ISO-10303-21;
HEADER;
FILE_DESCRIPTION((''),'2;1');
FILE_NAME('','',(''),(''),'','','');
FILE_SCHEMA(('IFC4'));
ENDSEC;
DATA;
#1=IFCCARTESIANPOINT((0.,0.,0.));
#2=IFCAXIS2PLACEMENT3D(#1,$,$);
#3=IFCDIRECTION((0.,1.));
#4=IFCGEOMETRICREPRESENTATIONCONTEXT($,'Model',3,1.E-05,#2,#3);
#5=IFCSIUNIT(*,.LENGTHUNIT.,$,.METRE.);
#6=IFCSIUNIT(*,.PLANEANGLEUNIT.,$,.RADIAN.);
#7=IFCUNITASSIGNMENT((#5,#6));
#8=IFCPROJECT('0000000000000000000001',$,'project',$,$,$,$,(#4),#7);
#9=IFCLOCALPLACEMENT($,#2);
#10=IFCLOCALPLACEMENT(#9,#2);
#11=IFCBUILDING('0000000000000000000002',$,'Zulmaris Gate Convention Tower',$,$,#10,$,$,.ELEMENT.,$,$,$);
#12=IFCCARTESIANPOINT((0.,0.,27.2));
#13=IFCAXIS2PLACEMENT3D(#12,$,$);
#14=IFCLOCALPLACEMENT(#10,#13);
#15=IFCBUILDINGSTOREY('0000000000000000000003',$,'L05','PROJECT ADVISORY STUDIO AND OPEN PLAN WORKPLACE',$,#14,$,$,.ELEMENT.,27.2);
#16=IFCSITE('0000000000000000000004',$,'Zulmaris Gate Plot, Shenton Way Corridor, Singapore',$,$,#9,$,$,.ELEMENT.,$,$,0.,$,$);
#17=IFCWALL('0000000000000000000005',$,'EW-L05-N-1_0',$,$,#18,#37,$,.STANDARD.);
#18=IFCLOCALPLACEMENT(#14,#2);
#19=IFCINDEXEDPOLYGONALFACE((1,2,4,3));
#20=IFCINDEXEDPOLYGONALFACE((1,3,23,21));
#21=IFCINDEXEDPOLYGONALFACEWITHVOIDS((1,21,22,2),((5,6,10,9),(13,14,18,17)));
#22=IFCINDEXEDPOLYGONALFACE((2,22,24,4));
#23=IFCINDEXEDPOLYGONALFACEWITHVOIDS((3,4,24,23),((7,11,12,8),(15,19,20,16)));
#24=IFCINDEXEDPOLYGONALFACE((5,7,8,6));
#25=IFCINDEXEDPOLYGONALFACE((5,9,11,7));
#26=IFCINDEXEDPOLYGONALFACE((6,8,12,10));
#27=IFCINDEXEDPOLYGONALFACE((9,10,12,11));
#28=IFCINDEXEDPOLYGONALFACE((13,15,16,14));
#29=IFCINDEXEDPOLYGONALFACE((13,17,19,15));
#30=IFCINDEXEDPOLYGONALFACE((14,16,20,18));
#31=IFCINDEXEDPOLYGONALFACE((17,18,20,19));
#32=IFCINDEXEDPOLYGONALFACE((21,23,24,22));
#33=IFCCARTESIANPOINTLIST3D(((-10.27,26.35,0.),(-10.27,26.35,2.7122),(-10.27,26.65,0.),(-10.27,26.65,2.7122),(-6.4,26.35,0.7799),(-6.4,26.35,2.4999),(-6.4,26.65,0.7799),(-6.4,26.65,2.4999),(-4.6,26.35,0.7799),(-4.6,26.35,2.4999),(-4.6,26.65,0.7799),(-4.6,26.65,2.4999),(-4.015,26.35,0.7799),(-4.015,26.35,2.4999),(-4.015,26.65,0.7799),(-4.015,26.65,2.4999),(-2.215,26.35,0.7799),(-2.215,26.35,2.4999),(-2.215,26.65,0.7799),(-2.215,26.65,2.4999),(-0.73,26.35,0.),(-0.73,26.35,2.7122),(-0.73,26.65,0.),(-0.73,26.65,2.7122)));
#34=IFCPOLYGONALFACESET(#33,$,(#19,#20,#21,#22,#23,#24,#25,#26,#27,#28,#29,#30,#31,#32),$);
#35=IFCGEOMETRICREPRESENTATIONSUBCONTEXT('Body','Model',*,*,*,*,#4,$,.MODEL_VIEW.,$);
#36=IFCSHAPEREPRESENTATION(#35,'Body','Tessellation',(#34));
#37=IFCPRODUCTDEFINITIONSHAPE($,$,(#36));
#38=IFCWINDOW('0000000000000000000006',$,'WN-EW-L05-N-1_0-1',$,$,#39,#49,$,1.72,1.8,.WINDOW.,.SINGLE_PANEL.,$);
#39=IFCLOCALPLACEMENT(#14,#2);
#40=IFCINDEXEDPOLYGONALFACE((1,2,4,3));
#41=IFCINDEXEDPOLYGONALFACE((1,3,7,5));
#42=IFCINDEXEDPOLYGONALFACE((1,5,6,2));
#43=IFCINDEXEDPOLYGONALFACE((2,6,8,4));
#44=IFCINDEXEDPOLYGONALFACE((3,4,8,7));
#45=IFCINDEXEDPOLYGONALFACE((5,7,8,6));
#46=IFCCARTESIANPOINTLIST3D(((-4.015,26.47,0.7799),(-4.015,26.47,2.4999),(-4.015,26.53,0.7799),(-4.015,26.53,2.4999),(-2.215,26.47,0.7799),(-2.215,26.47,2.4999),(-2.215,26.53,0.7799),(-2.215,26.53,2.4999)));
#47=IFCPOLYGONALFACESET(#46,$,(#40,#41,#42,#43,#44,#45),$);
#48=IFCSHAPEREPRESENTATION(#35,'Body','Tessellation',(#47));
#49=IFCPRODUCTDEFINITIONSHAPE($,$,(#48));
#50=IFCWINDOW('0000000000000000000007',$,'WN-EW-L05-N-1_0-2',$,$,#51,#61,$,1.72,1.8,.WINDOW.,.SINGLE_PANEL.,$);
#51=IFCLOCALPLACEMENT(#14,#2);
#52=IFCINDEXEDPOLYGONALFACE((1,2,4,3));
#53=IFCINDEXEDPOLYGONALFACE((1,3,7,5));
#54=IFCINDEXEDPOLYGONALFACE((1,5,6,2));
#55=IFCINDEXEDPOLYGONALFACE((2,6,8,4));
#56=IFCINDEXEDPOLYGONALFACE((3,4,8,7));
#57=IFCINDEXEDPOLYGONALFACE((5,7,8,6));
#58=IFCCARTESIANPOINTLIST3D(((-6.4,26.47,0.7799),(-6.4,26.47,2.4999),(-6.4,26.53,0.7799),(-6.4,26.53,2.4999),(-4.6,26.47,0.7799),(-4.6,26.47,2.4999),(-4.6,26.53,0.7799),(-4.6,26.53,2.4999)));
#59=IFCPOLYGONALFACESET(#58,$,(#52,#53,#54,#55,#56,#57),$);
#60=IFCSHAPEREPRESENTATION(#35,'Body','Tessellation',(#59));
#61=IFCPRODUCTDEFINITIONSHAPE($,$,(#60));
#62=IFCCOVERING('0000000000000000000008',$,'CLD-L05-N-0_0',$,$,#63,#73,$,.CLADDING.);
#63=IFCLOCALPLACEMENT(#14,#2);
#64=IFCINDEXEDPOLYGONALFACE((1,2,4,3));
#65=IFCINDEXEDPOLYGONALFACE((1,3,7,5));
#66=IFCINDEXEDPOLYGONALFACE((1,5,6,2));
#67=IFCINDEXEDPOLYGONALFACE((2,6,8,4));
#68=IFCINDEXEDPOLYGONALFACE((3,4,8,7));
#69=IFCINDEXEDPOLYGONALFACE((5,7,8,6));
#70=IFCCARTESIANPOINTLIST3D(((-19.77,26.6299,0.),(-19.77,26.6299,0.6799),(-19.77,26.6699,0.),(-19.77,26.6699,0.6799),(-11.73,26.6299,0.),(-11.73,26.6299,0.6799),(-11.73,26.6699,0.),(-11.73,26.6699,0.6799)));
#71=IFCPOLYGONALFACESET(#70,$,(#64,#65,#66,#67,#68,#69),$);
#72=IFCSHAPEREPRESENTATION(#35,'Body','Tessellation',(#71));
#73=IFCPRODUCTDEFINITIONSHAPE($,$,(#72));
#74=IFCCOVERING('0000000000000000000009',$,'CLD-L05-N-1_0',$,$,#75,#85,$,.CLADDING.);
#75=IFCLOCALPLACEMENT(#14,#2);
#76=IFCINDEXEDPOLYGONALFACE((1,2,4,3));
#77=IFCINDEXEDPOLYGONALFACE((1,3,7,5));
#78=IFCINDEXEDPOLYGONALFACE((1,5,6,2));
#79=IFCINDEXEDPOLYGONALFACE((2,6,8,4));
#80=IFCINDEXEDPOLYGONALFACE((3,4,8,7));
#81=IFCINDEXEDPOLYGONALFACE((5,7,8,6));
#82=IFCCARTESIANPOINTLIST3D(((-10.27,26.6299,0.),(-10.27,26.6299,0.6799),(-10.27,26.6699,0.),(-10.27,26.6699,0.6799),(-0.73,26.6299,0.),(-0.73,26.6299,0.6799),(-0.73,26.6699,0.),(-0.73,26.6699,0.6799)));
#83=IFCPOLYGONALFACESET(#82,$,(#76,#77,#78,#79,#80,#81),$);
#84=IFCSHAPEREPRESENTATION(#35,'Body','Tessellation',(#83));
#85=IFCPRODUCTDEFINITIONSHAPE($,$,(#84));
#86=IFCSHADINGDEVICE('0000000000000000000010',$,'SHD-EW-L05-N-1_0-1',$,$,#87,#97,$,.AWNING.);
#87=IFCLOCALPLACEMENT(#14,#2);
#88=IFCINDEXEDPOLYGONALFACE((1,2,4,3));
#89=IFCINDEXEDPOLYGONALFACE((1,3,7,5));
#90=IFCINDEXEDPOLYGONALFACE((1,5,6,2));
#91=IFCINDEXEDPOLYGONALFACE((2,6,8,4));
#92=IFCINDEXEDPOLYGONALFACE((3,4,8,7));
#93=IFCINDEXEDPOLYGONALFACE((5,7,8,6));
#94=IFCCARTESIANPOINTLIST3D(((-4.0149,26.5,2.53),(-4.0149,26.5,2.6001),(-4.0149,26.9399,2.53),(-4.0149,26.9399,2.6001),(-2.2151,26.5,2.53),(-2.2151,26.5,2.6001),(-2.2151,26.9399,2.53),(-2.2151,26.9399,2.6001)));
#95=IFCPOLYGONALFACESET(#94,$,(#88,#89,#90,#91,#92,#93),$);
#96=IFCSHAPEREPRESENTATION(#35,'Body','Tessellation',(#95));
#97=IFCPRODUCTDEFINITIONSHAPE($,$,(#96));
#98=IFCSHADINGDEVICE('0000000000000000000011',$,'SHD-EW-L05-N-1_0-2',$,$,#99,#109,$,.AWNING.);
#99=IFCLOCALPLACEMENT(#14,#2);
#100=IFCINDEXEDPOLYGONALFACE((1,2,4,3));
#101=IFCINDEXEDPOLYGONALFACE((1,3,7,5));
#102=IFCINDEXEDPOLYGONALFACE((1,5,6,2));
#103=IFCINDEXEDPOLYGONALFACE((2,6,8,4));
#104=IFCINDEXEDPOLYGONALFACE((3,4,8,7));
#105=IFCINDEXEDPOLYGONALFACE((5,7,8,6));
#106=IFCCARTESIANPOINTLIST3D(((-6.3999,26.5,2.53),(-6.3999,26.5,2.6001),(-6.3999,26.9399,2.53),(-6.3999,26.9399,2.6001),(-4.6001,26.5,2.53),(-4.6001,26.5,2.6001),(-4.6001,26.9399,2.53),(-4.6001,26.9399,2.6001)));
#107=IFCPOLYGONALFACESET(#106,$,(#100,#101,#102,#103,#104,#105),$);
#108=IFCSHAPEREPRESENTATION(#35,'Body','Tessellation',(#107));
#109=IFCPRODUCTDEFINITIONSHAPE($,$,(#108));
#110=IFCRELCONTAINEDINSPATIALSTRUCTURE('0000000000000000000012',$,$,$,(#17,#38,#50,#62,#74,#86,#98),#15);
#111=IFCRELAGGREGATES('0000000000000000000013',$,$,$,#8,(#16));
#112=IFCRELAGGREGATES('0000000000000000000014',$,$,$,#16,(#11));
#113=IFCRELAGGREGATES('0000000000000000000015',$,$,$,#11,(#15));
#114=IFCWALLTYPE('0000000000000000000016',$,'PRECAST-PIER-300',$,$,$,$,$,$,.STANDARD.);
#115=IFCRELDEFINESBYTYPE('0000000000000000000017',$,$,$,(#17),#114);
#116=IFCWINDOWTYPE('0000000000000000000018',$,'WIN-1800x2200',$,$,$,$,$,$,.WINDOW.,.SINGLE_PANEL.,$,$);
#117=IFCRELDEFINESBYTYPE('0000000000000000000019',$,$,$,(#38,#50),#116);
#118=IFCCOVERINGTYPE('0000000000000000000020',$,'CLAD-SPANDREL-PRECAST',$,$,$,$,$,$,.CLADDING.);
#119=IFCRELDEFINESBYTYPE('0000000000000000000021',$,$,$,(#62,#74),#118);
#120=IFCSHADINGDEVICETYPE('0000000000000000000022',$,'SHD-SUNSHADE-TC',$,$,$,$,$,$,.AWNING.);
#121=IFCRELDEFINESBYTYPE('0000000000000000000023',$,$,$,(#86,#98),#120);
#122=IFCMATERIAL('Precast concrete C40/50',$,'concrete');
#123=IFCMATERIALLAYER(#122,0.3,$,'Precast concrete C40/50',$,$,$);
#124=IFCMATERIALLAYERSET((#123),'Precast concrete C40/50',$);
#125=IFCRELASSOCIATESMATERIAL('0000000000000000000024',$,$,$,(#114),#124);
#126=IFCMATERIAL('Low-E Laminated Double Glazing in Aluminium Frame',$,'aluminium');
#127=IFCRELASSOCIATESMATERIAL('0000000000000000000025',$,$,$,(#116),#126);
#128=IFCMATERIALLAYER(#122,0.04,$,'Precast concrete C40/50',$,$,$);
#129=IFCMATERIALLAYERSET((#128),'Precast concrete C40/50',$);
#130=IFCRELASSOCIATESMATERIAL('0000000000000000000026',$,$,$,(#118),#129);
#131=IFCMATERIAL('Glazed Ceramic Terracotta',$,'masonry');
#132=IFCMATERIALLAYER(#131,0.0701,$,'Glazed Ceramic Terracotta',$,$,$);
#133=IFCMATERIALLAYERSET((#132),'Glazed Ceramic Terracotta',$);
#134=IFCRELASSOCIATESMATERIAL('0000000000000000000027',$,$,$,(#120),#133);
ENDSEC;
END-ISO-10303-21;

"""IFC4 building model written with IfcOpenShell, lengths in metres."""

from ifc_helpers import new_model, si_unit, direction, frame, frame_2d, origin, place, context, subcontext, project, spatial, rectangle, extrude, material, layer, layer_set, type_object, element, fill, save


model = new_model("IFC4")

# Units and contexts
model_context = context("Model", 3, precision=1e-05, world=origin(), true_north=direction((0.0, 1.0)))
body_context = subcontext(model_context, "Body", "Model", "MODEL_VIEW")
ifc_project = project(units=[si_unit("LENGTHUNIT", "METRE"), si_unit("PLANEANGLEUNIT", "RADIAN")], contexts=[model_context])

# Site, building, storey
site_placement = place(None, origin())
site = spatial("IfcSite", under=ifc_project, at=site_placement, Name="Zulmaris Gate Plot, Shenton Way Corridor, Singapore", CompositionType="ELEMENT", RefElevation=0.0)
building_placement = place(site_placement, origin())
building = spatial("IfcBuilding", under=site, at=building_placement, Name="Zulmaris Gate Convention Tower", CompositionType="ELEMENT")
storey_placement = place(building_placement, frame((0.0, 0.0, 27.2)))
storey = spatial("IfcBuildingStorey", under=building, at=storey_placement, Name="L05", Description="PROJECT ADVISORY STUDIO AND OPEN PLAN WORKPLACE", CompositionType="ELEMENT", Elevation=27.2)

# Shared definitions
ifc_material_1 = material(Name="Precast concrete C40/50", Category="concrete")
ifc_layer_1 = layer(ifc_material_1, 0.3, Name="Precast concrete C40/50")
ifc_layer_set_1 = layer_set([ifc_layer_1], Name="Precast concrete C40/50")
wall_type_1 = type_object("IfcWallType", Name="PRECAST-PIER-300", PredefinedType="STANDARD", material=ifc_layer_set_1)

# Wall, openings, windows
wall_1_placement = place(storey_placement, frame((-0.73, 26.5, 0.0), z_axis=(0.0, 0.0, 1.0), x_axis=(-1.0, 0.0, 0.0)))
wall_1 = element("IfcWall", 1, at=wall_1_placement, inside=storey, type_object=wall_type_1, Name="EW-L05-N-1_0", PredefinedType="STANDARD", context=body_context, shape_type="SweptSolid", body=[
    extrude(rectangle(XDim=9.54, YDim=0.3, at=frame_2d((4.77, 0.0))), origin(), (0.0, 0.0, 1.0), 2.7122),
])
opening_1_placement = place(wall_1_placement, frame((1.4851, 0.0, 0.78)))
opening_1 = element("IfcOpeningElement", 2, at=opening_1_placement, cuts=wall_1, PredefinedType="OPENING", context=body_context, shape_type="SweptSolid", body=[
    extrude(rectangle(XDim=1.8, YDim=1.72, at=frame_2d((0.8999, 0.8599))), frame((0.0, 0.1602, 0.0), z_axis=(0.0, -1.0, 0.0), x_axis=(1.0, 0.0, 0.0)), (0.0, 0.0, 1.0), 0.3201),
])
opening_2_placement = place(wall_1_placement, frame((3.8701, 0.0, 0.78)))
opening_2 = element("IfcOpeningElement", 3, at=opening_2_placement, cuts=wall_1, PredefinedType="OPENING", context=body_context, shape_type="SweptSolid", body=[
    extrude(rectangle(XDim=1.8, YDim=1.72, at=frame_2d((0.8999, 0.8599))), frame((0.0, 0.1602, 0.0), z_axis=(0.0, -1.0, 0.0), x_axis=(1.0, 0.0, 0.0)), (0.0, 0.0, 1.0), 0.3201),
])
ifc_material_2 = material(Name="Low-E Laminated Double Glazing in Aluminium Frame", Category="aluminium")
window_type = type_object("IfcWindowType", Name="WIN-1800x2200", PartitioningType="SINGLE_PANEL", PredefinedType="WINDOW", material=ifc_material_2)
window_1_placement = place(opening_1_placement, origin())
window_1 = element("IfcWindow", 4, at=window_1_placement, inside=storey, type_object=window_type, Name="WN-EW-L05-N-1_0-1", OverallHeight=1.72, OverallWidth=1.8, PartitioningType="SINGLE_PANEL", PredefinedType="WINDOW", context=body_context, shape_type="SweptSolid", body=[
    extrude(rectangle(XDim=1.8, YDim=1.72, at=frame_2d((0.8999, 0.8599))), frame((0.0, 0.03, 0.0), z_axis=(0.0, -1.0, 0.0), x_axis=(1.0, 0.0, 0.0)), (0.0, 0.0, 1.0), 0.0601),
])
fill(opening_1, window_1)
window_2_placement = place(opening_2_placement, origin())
window_2 = element("IfcWindow", 5, at=window_2_placement, inside=storey, type_object=window_type, Name="WN-EW-L05-N-1_0-2", OverallHeight=1.72, OverallWidth=1.8, PartitioningType="SINGLE_PANEL", PredefinedType="WINDOW", context=body_context, shape_type="SweptSolid", body=[
    extrude(rectangle(XDim=1.8, YDim=1.72, at=frame_2d((0.8999, 0.8599))), frame((0.0, 0.03, 0.0), z_axis=(0.0, -1.0, 0.0), x_axis=(1.0, 0.0, 0.0)), (0.0, 0.0, 1.0), 0.0601),
])
fill(opening_2, window_2)

# Coverings
ifc_layer_2 = layer(ifc_material_1, 0.04, Name="Precast concrete C40/50")
ifc_layer_set_2 = layer_set([ifc_layer_2], Name="Precast concrete C40/50")
covering_type = type_object("IfcCoveringType", Name="CLAD-SPANDREL-PRECAST", PredefinedType="CLADDING", material=ifc_layer_set_2)
covering_1_placement = place(storey_placement, frame((-11.73, 26.6499, 0.0), z_axis=(0.0, 0.0, 1.0), x_axis=(-1.0, 0.0, 0.0)))
element("IfcCovering", 6, at=covering_1_placement, inside=storey, type_object=covering_type, Name="CLD-L05-N-0_0", PredefinedType="CLADDING", context=body_context, shape_type="SweptSolid", body=[
    extrude(rectangle(XDim=8.04, YDim=0.04, at=frame_2d((4.02, 0.0))), origin(), (0.0, 0.0, 1.0), 0.6799),
])
covering_2_placement = place(storey_placement, frame((-0.73, 26.6499, 0.0), z_axis=(0.0, 0.0, 1.0), x_axis=(-1.0, 0.0, 0.0)))
element("IfcCovering", 7, at=covering_2_placement, inside=storey, type_object=covering_type, Name="CLD-L05-N-1_0", PredefinedType="CLADDING", context=body_context, shape_type="SweptSolid", body=[
    extrude(rectangle(XDim=9.54, YDim=0.04, at=frame_2d((4.77, 0.0))), origin(), (0.0, 0.0, 1.0), 0.6799),
])

# Shading devices
ifc_material_3 = material(Name="Glazed Ceramic Terracotta", Category="masonry")
ifc_layer_3 = layer(ifc_material_3, 0.0701, Name="Glazed Ceramic Terracotta")
ifc_layer_set_3 = layer_set([ifc_layer_3], Name="Glazed Ceramic Terracotta")
shading_device_type = type_object("IfcShadingDeviceType", Name="SHD-SUNSHADE-TC", PredefinedType="AWNING", material=ifc_layer_set_3)
for number, where, z_axis, x_axis, name in (
    (8, (-2.2151, 26.72, 2.53), (0.0, 0.0, 1.0), (-1.0, 0.0, 0.0), "SHD-EW-L05-N-1_0-1"),
    (9, (-4.6001, 26.72, 2.53), (0.0, 0.0, 1.0), (-1.0, 0.0, 0.0), "SHD-EW-L05-N-1_0-2"),
):
    element("IfcShadingDevice", number, at=place(storey_placement, frame(where, z_axis=z_axis, x_axis=x_axis)), inside=storey, type_object=shading_device_type, Name=name, PredefinedType="AWNING", context=body_context, shape_type="SweptSolid", body=[
        extrude(rectangle(XDim=1.7998, YDim=0.4399, at=frame_2d((0.8999, 0.0))), origin(), (0.0, 0.0, 1.0), 0.0701),
    ])

save(model, "model.ifc")
